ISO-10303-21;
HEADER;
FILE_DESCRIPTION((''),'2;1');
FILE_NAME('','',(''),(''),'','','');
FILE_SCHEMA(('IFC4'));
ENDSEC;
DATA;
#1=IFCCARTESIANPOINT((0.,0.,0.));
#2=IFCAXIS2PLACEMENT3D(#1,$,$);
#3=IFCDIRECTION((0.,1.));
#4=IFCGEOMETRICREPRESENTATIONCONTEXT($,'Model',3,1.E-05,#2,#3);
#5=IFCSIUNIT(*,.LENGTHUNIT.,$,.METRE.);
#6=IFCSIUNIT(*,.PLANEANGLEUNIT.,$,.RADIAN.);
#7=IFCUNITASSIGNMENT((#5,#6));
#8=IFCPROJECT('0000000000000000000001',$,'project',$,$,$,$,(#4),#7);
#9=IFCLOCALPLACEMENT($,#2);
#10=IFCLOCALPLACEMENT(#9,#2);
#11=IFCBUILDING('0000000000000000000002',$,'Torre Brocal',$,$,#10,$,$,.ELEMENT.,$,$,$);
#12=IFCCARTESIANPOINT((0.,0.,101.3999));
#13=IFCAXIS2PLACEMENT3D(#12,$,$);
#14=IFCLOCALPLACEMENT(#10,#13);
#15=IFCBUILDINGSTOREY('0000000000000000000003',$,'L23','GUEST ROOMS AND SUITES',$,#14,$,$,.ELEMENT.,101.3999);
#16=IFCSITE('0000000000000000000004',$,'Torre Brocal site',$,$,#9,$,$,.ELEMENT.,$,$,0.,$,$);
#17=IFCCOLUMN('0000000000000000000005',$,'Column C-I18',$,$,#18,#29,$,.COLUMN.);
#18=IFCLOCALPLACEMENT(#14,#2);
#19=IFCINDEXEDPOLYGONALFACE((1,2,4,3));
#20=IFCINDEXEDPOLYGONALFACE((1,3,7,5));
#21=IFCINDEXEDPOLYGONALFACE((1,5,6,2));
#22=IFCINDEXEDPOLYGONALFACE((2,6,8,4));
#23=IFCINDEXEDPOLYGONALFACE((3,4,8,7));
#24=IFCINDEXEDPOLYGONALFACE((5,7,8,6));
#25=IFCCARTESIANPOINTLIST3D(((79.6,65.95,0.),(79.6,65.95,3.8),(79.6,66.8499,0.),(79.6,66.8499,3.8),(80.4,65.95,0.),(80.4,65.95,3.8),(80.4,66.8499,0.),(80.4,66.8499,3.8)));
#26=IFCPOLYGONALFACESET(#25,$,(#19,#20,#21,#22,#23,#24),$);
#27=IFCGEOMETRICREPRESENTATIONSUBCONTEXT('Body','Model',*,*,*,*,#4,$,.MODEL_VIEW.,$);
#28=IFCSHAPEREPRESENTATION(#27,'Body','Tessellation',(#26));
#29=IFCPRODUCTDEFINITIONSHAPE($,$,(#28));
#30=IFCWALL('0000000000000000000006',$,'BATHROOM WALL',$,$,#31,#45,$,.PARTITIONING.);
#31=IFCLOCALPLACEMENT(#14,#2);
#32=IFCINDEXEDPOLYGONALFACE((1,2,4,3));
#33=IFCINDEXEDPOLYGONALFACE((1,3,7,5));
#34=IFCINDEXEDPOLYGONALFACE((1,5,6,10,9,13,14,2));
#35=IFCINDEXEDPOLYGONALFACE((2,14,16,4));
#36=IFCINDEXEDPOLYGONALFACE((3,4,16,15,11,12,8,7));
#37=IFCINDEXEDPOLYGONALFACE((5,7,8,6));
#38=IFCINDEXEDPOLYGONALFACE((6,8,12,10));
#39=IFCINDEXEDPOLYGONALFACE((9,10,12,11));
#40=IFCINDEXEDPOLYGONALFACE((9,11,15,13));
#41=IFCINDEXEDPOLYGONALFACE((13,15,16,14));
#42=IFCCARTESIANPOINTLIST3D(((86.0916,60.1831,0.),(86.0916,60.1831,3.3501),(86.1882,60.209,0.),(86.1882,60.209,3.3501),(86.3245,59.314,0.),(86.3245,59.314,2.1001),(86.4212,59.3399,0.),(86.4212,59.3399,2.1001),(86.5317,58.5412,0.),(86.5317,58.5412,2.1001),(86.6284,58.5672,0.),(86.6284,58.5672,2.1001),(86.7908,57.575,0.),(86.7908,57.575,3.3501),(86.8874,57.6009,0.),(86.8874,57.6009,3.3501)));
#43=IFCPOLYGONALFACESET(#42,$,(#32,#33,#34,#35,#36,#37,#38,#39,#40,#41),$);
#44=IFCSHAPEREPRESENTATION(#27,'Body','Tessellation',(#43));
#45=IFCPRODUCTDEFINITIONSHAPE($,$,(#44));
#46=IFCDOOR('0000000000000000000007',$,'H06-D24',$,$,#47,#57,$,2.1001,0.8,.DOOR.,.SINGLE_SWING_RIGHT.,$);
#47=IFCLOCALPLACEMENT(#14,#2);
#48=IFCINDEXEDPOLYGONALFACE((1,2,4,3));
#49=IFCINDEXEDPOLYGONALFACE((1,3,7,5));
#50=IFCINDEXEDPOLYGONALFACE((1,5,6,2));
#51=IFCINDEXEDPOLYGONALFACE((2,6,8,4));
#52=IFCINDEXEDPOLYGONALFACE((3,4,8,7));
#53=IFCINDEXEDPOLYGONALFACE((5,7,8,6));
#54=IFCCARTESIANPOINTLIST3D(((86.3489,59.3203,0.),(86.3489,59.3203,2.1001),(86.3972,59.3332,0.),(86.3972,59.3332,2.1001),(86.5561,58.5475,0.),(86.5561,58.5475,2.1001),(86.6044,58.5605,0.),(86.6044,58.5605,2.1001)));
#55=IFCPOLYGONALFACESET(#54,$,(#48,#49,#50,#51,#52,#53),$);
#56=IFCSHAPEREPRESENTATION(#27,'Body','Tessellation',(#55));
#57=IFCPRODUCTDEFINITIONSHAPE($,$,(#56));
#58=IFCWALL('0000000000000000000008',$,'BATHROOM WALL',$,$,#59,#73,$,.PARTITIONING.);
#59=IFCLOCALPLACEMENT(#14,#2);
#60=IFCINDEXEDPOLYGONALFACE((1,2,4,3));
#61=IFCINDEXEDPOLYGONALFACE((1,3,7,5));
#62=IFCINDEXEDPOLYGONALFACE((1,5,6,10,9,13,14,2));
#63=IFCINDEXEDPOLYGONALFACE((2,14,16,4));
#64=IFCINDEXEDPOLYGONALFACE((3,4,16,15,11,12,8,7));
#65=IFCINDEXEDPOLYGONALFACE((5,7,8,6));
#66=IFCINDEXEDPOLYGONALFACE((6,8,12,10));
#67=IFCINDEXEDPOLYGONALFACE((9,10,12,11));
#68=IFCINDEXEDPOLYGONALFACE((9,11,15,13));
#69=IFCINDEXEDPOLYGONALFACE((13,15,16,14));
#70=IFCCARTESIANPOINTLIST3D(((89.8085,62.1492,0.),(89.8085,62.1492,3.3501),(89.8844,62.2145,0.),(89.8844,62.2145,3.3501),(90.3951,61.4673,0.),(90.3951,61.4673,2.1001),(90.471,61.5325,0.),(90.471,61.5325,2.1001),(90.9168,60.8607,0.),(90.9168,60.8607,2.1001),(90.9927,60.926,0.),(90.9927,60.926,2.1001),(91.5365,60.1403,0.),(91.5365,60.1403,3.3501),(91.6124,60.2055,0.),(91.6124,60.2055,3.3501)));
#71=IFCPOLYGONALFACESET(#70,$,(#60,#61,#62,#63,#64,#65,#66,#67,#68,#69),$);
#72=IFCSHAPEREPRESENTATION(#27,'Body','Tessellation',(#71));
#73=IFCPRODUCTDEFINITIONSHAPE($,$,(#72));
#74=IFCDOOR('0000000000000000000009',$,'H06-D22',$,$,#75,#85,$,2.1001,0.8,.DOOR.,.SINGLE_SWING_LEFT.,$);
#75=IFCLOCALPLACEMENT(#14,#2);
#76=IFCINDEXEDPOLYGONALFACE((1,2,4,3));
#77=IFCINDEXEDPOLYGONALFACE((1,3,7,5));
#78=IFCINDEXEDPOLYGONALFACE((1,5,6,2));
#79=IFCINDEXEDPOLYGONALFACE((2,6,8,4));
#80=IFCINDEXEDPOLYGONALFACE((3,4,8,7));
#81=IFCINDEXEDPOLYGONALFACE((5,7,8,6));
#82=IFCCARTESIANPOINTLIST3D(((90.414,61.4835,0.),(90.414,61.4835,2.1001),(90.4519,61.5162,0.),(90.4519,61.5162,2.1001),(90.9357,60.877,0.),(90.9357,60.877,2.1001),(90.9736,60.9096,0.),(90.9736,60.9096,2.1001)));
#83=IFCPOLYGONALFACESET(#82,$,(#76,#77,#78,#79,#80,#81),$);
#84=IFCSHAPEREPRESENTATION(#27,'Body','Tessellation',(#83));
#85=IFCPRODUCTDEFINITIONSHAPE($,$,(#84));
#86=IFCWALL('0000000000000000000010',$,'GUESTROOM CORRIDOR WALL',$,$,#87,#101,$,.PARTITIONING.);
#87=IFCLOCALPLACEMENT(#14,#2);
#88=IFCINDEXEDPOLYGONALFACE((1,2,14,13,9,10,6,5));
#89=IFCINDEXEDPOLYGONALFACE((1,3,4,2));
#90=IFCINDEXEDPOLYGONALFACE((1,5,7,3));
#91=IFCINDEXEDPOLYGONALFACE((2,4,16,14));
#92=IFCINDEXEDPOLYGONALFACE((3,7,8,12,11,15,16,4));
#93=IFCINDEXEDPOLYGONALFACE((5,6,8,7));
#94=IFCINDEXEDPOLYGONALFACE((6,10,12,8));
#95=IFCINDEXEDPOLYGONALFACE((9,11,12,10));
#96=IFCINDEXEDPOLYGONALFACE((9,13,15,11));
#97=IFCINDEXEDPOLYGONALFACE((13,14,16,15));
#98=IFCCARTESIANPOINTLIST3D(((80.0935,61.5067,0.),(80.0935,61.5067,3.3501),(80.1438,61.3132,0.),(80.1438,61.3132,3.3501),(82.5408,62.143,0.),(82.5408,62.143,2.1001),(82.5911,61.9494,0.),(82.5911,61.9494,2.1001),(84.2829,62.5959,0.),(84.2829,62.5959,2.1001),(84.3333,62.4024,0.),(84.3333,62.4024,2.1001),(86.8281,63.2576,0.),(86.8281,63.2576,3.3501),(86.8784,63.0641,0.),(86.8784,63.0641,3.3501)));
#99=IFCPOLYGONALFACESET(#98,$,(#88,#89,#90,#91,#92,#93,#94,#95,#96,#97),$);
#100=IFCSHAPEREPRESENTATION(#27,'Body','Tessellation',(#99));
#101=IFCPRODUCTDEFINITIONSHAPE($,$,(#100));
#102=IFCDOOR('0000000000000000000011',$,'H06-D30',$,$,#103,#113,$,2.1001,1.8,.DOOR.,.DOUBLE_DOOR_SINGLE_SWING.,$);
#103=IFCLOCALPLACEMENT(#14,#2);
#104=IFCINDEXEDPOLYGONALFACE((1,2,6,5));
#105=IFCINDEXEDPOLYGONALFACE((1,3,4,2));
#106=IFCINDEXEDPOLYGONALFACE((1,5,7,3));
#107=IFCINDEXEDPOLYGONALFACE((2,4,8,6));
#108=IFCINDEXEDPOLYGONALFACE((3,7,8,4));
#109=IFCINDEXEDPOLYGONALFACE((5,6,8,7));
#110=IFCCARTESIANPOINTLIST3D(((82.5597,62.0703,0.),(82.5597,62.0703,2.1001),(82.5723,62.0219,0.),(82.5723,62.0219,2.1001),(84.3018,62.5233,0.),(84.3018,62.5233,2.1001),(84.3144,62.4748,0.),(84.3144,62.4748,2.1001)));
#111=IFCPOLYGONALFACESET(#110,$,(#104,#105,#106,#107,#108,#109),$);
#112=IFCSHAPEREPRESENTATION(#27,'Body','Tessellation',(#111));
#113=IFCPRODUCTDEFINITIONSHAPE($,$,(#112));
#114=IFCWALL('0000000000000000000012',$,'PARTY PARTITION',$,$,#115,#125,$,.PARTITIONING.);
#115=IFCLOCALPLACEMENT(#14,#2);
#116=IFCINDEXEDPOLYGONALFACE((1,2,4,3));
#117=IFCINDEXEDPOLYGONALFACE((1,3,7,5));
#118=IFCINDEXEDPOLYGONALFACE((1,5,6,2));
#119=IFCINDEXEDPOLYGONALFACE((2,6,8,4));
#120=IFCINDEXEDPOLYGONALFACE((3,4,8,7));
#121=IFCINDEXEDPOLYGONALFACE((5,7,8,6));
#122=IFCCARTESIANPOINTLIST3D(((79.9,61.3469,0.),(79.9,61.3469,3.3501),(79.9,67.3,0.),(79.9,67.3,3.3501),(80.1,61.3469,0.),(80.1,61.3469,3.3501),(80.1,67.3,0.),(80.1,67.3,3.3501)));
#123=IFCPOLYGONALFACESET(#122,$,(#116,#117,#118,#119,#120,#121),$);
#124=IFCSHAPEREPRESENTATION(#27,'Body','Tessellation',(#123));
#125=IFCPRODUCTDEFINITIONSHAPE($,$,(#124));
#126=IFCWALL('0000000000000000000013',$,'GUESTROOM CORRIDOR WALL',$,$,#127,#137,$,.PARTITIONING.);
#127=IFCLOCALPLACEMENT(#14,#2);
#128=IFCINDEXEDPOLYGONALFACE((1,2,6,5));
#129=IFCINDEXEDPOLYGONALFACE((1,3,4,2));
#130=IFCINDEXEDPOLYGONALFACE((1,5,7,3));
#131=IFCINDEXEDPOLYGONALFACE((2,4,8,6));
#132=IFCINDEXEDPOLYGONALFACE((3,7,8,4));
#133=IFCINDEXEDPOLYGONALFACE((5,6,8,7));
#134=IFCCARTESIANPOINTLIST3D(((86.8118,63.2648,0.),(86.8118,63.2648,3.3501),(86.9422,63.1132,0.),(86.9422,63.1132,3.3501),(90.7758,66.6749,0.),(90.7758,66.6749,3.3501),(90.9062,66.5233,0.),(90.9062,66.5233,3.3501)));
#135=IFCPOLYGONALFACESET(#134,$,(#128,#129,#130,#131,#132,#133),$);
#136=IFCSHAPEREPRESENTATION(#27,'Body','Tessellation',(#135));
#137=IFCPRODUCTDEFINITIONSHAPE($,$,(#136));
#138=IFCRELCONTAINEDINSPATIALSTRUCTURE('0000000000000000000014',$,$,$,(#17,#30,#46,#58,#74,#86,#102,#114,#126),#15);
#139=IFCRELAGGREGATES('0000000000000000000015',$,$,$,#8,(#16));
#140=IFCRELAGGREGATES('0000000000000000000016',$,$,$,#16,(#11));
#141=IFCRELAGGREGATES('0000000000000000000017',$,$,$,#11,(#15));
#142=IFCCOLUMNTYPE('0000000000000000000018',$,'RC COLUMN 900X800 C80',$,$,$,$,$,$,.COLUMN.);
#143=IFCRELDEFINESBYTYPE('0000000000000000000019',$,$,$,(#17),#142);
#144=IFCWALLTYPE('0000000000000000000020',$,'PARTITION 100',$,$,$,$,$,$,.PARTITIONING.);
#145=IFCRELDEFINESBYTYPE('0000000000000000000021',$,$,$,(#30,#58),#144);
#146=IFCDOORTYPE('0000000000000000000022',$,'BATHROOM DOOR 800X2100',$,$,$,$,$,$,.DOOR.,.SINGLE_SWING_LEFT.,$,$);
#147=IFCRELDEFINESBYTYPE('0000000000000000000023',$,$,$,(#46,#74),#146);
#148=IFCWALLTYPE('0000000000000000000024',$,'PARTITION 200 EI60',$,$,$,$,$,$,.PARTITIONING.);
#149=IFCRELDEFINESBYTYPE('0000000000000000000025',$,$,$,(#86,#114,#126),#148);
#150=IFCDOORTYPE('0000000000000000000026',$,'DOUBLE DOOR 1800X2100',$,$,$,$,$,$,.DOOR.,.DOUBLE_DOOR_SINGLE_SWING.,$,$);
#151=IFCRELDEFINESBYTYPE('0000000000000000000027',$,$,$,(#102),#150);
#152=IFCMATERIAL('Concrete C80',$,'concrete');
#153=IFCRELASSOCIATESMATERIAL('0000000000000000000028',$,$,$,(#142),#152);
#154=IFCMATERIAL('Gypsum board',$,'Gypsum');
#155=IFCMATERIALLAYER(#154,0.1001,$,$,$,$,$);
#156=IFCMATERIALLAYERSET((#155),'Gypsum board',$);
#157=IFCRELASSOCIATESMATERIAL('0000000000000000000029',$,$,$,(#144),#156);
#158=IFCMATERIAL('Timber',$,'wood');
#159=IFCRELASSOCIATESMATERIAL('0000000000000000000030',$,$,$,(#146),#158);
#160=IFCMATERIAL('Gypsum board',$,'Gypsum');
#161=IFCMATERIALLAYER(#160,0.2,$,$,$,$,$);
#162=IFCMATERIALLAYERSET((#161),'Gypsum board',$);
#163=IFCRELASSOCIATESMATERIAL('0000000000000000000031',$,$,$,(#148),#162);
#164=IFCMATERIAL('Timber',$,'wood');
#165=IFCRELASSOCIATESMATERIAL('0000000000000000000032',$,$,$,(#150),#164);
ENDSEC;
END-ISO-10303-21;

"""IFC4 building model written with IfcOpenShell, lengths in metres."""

from ifc_helpers import new_model, si_unit, direction, frame, frame_2d, origin, origin_2d, place, context, subcontext, project, spatial, rectangle, extrude, material, layer, layer_set, material_profile, profile_set, type_object, element, fill, save


model = new_model("IFC4")

# Units and contexts
model_context = context("Model", 3, precision=1e-05, world=origin(), true_north=direction((0.0, 1.0)))
body_context = subcontext(model_context, "Body", "Model", "MODEL_VIEW")
ifc_project = project(units=[si_unit("LENGTHUNIT", "METRE"), si_unit("PLANEANGLEUNIT", "RADIAN")], contexts=[model_context])

# Site, building, storey
site_placement = place(None, origin())
site = spatial("IfcSite", under=ifc_project, at=site_placement, Name="Torre Brocal site", CompositionType="ELEMENT", RefElevation=0.0)
building_placement = place(site_placement, origin())
building = spatial("IfcBuilding", under=site, at=building_placement, Name="Torre Brocal", CompositionType="ELEMENT")
storey_placement = place(building_placement, frame((0.0, 0.0, 101.3999)))
storey = spatial("IfcBuildingStorey", under=building, at=storey_placement, Name="L23", Description="GUEST ROOMS AND SUITES", CompositionType="ELEMENT", Elevation=101.3999)

# Column
ifc_material_1 = material(Name="Concrete C80", Category="concrete")
ifc_material_profile = material_profile(ifc_material_1, rectangle(XDim=0.8999, YDim=0.8, at=origin_2d()), Name="RC 900X800")
ifc_profile_set = profile_set([ifc_material_profile], Name="Concrete C80")
column_type = type_object("IfcColumnType", Name="RC COLUMN 900X800 C80", PredefinedType="COLUMN", material=ifc_profile_set)
column_placement = place(storey_placement, frame((80.0, 66.3999, 0.0), z_axis=(0.0, 0.0, 1.0), x_axis=(0.0, -1.0, 0.0)))
element("IfcColumn", 1, at=column_placement, inside=storey, type_object=column_type, Name="Column C-I18", PredefinedType="COLUMN", context=body_context, shape_type="SweptSolid", body=[
    extrude(rectangle(XDim=0.8999, YDim=0.8, at=origin_2d()), origin(), (0.0, 0.0, 1.0), 3.8),
])

# Walls, openings, doors
ifc_material_2 = material(Name="Gypsum board", Category="Gypsum")
ifc_layer_1 = layer(ifc_material_2, 0.1001)
ifc_layer_set_1 = layer_set([ifc_layer_1], Name="Gypsum board")
wall_type_1 = type_object("IfcWallType", Name="PARTITION 100", PredefinedType="PARTITIONING", material=ifc_layer_set_1)
wall_1_placement = place(storey_placement, frame((86.1399, 60.196, 0.0), z_axis=(0.0, 0.0, 1.0), x_axis=(0.258945, -0.965892, 0.0)))
wall_1 = element("IfcWall", 2, at=wall_1_placement, inside=storey, type_object=wall_type_1, Name="BATHROOM WALL", PredefinedType="PARTITIONING", context=body_context, shape_type="SweptSolid", body=[
    extrude(rectangle(XDim=2.7002, YDim=0.1001, at=frame_2d((1.3501, 0.0))), origin(), (0.0, 0.0, 1.0), 3.3501),
])
opening_1_placement = place(wall_1_placement, frame((0.8999, 0.0, 0.0)))
opening_1 = element("IfcOpeningElement", 3, at=opening_1_placement, cuts=wall_1, PredefinedType="OPENING", context=body_context, shape_type="SweptSolid", body=[
    extrude(rectangle(XDim=0.8, YDim=2.1001, at=frame_2d((0.3999, 1.05))), frame((0.0, 0.0601, 0.0), z_axis=(0.0, -1.0, 0.0), x_axis=(1.0, 0.0, 0.0)), (0.0, 0.0, 1.0), 0.1201),
])
ifc_material_3 = material(Name="Timber", Category="wood")
door_type_1 = type_object("IfcDoorType", Name="BATHROOM DOOR 800X2100", OperationType="SINGLE_SWING_LEFT", PredefinedType="DOOR", material=ifc_material_3)
door_1_placement = place(opening_1_placement, frame((0.8, 0.0, 0.0), z_axis=(0.0, 0.0, 1.0), x_axis=(-1.0, 0.0, 0.0)))
door_1 = element("IfcDoor", 4, at=door_1_placement, inside=storey, type_object=door_type_1, Name="H06-D24", OperationType="SINGLE_SWING_RIGHT", OverallHeight=2.1001, OverallWidth=0.8, PredefinedType="DOOR", context=body_context, shape_type="SweptSolid", body=[
    extrude(rectangle(XDim=0.8, YDim=2.1001, at=frame_2d((0.3999, 1.05))), frame((0.0, 0.0249, 0.0), z_axis=(0.0, -1.0, 0.0), x_axis=(1.0, 0.0, 0.0)), (0.0, 0.0, 1.0), 0.05),
])
fill(opening_1, door_1)
wall_2_placement = place(storey_placement, frame((89.8464, 62.1819, 0.0), z_axis=(0.0, 0.0, 1.0), x_axis=(0.652095, -0.758137, 0.0)))
wall_2 = element("IfcWall", 5, at=wall_2_placement, inside=storey, type_object=wall_type_1, Name="BATHROOM WALL", PredefinedType="PARTITIONING", context=body_context, shape_type="SweptSolid", body=[
    extrude(rectangle(XDim=2.6499, YDim=0.1001, at=frame_2d((1.325, 0.0))), origin(), (0.0, 0.0, 1.0), 3.3501),
])
opening_2_placement = place(wall_2_placement, frame((0.8997, 0.0, 0.0)))
opening_2 = element("IfcOpeningElement", 6, at=opening_2_placement, cuts=wall_2, PredefinedType="OPENING", context=body_context, shape_type="SweptSolid", body=[
    extrude(rectangle(XDim=0.8, YDim=2.1001, at=frame_2d((0.3999, 1.05))), frame((0.0, 0.0601, 0.0), z_axis=(0.0, -1.0, 0.0), x_axis=(1.0, 0.0, 0.0)), (0.0, 0.0, 1.0), 0.1201),
])
door_2_placement = place(opening_2_placement, origin())
door_2 = element("IfcDoor", 7, at=door_2_placement, inside=storey, type_object=door_type_1, Name="H06-D22", OperationType="SINGLE_SWING_LEFT", OverallHeight=2.1001, OverallWidth=0.8, PredefinedType="DOOR", context=body_context, shape_type="SweptSolid", body=[
    extrude(rectangle(XDim=0.8, YDim=2.1001, at=frame_2d((0.3999, 1.05))), frame((0.0, 0.0249, 0.0), z_axis=(0.0, -1.0, 0.0), x_axis=(1.0, 0.0, 0.0)), (0.0, 0.0, 1.0), 0.05),
])
fill(opening_2, door_2)
ifc_material_4 = material(Name="Gypsum board", Category="Gypsum")
ifc_layer_2 = layer(ifc_material_4, 0.2)
ifc_layer_set_2 = layer_set([ifc_layer_2], Name="Gypsum board")
wall_type_2 = type_object("IfcWallType", Name="PARTITION 200 EI60", PredefinedType="PARTITIONING", material=ifc_layer_set_2)
wall_3_placement = place(storey_placement, frame((80.1187, 61.4099, 0.0), z_axis=(0.0, 0.0, 1.0), x_axis=(0.967823, 0.251631, 0.0)))
wall_3 = element("IfcWall", 8, at=wall_3_placement, inside=storey, type_object=wall_type_2, Name="GUESTROOM CORRIDOR WALL", PredefinedType="PARTITIONING", context=body_context, shape_type="SweptSolid", body=[
    extrude(rectangle(XDim=6.9585, YDim=0.2, at=frame_2d((3.4792, 0.0))), origin(), (0.0, 0.0, 1.0), 3.3501),
])
opening_3_placement = place(wall_3_placement, frame((2.5288, 0.0, 0.0)))
opening_3 = element("IfcOpeningElement", 9, at=opening_3_placement, cuts=wall_3, PredefinedType="OPENING", context=body_context, shape_type="SweptSolid", body=[
    extrude(rectangle(XDim=1.8, YDim=2.1001, at=frame_2d((0.8999, 1.05))), frame((0.0, 0.1099, 0.0), z_axis=(0.0, -1.0, 0.0), x_axis=(1.0, 0.0, 0.0)), (0.0, 0.0, 1.0), 0.22),
])
ifc_material_5 = material(Name="Timber", Category="wood")
door_type_2 = type_object("IfcDoorType", Name="DOUBLE DOOR 1800X2100", OperationType="DOUBLE_DOOR_SINGLE_SWING", PredefinedType="DOOR", material=ifc_material_5)
door_3_placement = place(opening_3_placement, origin())
door_3 = element("IfcDoor", 10, at=door_3_placement, inside=storey, type_object=door_type_2, Name="H06-D30", OperationType="DOUBLE_DOOR_SINGLE_SWING", OverallHeight=2.1001, OverallWidth=1.8, PredefinedType="DOOR", context=body_context, shape_type="SweptSolid", body=[
    extrude(rectangle(XDim=1.8, YDim=2.1001, at=frame_2d((0.8999, 1.05))), frame((0.0, 0.0249, 0.0), z_axis=(0.0, -1.0, 0.0), x_axis=(1.0, 0.0, 0.0)), (0.0, 0.0, 1.0), 0.05),
])
fill(opening_3, door_3)

# Walls
wall_4_placement = place(storey_placement, frame((80.0, 61.3469, 0.0), z_axis=(0.0, 0.0, 1.0), x_axis=(0.0, 1.0, 0.0)))
element("IfcWall", 11, at=wall_4_placement, inside=storey, type_object=wall_type_2, Name="PARTY PARTITION", PredefinedType="PARTITIONING", context=body_context, shape_type="SweptSolid", body=[
    extrude(rectangle(XDim=5.9531, YDim=0.2, at=frame_2d((2.9766, 0.0))), origin(), (0.0, 0.0, 1.0), 3.3501),
])
wall_5_placement = place(storey_placement, frame((86.877, 63.189, 0.0), z_axis=(0.0, 0.0, 1.0), x_axis=(0.758089, 0.652151, 0.0)))
element("IfcWall", 12, at=wall_5_placement, inside=storey, type_object=wall_type_2, Name="GUESTROOM CORRIDOR WALL", PredefinedType="PARTITIONING", context=body_context, shape_type="SweptSolid", body=[
    extrude(rectangle(XDim=5.229, YDim=0.2, at=frame_2d((2.6145, 0.0))), origin(), (0.0, 0.0, 1.0), 3.3501),
])

save(model, "model.ifc")
